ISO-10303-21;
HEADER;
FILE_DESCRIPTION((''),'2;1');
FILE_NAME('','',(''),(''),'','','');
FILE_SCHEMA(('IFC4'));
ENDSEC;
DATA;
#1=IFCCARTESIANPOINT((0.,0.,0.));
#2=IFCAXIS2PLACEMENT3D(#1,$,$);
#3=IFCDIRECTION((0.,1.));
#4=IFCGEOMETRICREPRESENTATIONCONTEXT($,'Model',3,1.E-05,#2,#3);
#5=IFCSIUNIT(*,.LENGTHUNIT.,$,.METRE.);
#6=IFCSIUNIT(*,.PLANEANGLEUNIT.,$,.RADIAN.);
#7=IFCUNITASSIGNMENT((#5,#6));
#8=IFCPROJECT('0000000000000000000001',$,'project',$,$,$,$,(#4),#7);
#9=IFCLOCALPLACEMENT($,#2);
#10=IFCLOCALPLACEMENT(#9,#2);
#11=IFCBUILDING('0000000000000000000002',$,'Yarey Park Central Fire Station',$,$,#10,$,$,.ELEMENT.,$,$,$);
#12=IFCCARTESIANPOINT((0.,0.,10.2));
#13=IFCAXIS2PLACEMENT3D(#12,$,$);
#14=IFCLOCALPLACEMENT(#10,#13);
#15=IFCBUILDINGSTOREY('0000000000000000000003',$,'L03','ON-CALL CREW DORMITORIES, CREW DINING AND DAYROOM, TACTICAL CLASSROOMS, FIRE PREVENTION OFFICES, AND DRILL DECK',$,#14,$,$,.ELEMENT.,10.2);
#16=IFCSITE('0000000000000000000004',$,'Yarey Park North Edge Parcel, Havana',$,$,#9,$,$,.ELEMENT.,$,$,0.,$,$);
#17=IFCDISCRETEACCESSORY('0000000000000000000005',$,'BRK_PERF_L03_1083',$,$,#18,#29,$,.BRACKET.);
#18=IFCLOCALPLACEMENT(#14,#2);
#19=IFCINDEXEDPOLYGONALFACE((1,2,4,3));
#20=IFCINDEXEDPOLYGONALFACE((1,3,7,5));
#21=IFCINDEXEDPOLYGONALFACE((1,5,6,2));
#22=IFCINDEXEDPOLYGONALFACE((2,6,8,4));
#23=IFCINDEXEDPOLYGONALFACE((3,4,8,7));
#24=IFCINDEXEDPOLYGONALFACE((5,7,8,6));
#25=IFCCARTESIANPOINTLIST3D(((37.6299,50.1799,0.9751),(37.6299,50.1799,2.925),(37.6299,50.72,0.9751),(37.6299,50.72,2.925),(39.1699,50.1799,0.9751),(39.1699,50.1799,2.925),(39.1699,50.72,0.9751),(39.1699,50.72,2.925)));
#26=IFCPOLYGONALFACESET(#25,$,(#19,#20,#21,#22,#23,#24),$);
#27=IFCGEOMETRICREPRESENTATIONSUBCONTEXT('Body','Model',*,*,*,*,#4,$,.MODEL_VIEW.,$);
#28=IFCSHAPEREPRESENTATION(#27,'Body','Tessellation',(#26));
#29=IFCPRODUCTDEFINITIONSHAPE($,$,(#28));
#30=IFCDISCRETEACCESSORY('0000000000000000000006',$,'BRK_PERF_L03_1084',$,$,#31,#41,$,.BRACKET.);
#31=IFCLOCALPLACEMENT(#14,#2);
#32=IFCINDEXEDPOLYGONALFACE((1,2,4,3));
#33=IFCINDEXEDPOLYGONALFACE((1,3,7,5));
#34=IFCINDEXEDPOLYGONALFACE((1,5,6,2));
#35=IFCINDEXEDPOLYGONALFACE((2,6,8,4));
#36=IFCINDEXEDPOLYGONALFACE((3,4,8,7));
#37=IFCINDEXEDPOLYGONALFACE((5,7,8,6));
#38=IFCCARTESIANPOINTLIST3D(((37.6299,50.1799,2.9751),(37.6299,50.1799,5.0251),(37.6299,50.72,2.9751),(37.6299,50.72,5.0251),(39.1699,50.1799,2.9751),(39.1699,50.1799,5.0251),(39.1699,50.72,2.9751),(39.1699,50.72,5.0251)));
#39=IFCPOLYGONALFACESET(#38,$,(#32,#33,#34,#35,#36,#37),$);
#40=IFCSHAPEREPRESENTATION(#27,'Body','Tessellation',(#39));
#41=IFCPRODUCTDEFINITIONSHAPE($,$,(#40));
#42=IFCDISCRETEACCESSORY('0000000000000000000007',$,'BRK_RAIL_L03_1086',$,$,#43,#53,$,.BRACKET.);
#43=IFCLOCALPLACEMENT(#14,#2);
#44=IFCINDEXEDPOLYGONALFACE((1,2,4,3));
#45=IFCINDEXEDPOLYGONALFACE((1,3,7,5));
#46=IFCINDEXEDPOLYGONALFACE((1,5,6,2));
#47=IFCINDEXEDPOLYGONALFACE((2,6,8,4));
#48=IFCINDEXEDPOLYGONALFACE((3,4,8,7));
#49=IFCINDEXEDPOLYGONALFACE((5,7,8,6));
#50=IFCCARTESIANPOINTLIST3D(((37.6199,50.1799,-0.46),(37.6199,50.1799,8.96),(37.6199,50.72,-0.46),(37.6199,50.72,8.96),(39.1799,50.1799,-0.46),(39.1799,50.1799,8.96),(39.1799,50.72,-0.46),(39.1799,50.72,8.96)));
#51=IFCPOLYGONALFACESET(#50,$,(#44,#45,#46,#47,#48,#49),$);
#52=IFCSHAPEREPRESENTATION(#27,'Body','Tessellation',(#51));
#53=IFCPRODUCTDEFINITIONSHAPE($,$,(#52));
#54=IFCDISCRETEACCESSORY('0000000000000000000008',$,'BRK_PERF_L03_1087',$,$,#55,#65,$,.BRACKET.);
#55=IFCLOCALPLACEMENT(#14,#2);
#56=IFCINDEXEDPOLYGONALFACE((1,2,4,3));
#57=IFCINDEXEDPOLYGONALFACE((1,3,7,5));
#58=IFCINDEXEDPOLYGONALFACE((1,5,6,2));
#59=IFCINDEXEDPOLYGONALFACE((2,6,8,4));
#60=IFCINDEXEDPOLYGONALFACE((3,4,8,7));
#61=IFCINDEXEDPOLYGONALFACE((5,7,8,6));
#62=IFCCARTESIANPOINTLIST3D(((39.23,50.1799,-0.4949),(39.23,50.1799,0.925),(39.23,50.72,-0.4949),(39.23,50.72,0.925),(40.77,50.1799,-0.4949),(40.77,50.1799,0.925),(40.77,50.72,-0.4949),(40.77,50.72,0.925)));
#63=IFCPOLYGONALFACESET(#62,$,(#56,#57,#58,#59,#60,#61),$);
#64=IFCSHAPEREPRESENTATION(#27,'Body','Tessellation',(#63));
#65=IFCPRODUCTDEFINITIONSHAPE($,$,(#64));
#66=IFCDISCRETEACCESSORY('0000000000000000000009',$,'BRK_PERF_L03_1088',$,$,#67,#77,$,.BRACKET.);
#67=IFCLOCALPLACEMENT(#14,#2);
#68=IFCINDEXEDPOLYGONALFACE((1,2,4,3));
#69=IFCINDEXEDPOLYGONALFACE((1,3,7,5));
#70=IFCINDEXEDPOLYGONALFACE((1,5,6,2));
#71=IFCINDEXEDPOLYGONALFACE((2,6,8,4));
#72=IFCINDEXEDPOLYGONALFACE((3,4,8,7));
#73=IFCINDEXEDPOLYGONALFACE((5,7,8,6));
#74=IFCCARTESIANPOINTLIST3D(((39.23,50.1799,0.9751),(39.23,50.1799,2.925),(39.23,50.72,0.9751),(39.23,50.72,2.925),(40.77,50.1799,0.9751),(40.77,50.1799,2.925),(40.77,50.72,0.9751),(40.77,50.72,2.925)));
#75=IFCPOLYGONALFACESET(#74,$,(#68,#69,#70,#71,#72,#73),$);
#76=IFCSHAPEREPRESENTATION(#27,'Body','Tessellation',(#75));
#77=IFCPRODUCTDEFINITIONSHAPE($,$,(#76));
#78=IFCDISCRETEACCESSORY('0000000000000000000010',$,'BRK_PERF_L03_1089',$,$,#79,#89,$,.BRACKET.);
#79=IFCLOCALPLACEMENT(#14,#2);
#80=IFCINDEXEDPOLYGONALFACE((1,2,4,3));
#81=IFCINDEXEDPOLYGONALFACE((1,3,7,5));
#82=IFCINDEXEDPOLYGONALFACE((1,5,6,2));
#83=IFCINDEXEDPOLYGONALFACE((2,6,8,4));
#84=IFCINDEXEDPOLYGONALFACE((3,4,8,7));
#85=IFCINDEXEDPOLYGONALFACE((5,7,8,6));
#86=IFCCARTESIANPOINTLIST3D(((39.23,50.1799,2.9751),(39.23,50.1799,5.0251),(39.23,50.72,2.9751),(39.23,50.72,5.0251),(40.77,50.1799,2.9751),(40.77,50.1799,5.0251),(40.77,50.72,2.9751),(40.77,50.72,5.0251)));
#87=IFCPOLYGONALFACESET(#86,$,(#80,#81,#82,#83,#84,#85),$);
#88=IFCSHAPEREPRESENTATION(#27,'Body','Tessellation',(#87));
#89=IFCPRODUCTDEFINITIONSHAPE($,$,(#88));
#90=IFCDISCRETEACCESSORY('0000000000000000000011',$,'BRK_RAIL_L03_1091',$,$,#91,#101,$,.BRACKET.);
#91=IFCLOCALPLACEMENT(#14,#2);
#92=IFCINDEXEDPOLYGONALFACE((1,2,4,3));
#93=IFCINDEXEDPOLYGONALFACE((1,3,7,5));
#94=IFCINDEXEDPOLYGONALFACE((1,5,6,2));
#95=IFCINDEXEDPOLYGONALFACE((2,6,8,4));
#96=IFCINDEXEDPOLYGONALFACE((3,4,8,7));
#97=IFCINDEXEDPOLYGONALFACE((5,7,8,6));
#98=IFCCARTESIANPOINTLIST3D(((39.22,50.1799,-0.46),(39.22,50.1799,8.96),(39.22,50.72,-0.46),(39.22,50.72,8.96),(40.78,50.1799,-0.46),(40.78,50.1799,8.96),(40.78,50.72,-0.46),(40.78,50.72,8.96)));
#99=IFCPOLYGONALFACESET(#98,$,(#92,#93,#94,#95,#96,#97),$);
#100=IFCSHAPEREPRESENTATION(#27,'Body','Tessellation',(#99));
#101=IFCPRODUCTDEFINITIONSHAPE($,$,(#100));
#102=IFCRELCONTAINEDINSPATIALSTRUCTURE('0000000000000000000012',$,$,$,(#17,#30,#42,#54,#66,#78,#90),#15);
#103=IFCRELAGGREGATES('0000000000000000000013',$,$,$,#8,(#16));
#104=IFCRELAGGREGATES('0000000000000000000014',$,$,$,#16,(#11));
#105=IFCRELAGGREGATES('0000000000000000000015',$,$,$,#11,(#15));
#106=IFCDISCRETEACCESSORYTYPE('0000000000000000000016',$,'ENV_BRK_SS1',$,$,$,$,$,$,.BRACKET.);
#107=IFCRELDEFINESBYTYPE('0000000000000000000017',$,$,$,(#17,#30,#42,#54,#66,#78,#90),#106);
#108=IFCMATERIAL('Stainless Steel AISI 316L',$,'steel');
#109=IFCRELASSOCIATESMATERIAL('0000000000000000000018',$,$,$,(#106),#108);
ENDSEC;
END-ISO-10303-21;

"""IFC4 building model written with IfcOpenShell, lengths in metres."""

from ifc_helpers import new_model, si_unit, direction, frame, origin, origin_2d, place, context, subcontext, project, spatial, rectangle, extrude, material, type_object, element, save


model = new_model("IFC4")

# Units and contexts
model_context = context("Model", 3, precision=1e-05, world=origin(), true_north=direction((0.0, 1.0)))
body_context = subcontext(model_context, "Body", "Model", "MODEL_VIEW")
ifc_project = project(units=[si_unit("LENGTHUNIT", "METRE"), si_unit("PLANEANGLEUNIT", "RADIAN")], contexts=[model_context])

# Site, building, storey
site_placement = place(None, origin())
site = spatial("IfcSite", under=ifc_project, at=site_placement, Name="Yarey Park North Edge Parcel, Havana", CompositionType="ELEMENT", RefElevation=0.0)
building_placement = place(site_placement, origin())
building = spatial("IfcBuilding", under=site, at=building_placement, Name="Yarey Park Central Fire Station", CompositionType="ELEMENT")
storey_placement = place(building_placement, frame((0.0, 0.0, 10.2)))
storey = spatial("IfcBuildingStorey", under=building, at=storey_placement, Name="L03", Description="ON-CALL CREW DORMITORIES, CREW DINING AND DAYROOM, TACTICAL CLASSROOMS, FIRE PREVENTION OFFICES, AND DRILL DECK", CompositionType="ELEMENT", Elevation=10.2)

# Discrete accessories
ifc_material_1 = material(Name="Stainless Steel AISI 316L", Category="steel")
discrete_accessory_type = type_object("IfcDiscreteAccessoryType", Name="ENV_BRK_SS1", PredefinedType="BRACKET", material=ifc_material_1)
discrete_accessory_1_placement = place(storey_placement, frame((38.3999, 50.45, 0.9751), z_axis=(0.0, 0.0, 1.0), x_axis=(1.0, 0.0, 0.0)))
element("IfcDiscreteAccessory", 1, at=discrete_accessory_1_placement, inside=storey, type_object=discrete_accessory_type, Name="BRK_PERF_L03_1083", PredefinedType="BRACKET", context=body_context, shape_type="SweptSolid", body=[
    extrude(rectangle(XDim=1.54, YDim=0.54, at=origin_2d()), origin(), (0.0, 0.0, 1.0), 1.95),
])
discrete_accessory_2_placement = place(storey_placement, frame((38.3999, 50.45, 2.9751), z_axis=(0.0, 0.0, 1.0), x_axis=(1.0, 0.0, 0.0)))
element("IfcDiscreteAccessory", 2, at=discrete_accessory_2_placement, inside=storey, type_object=discrete_accessory_type, Name="BRK_PERF_L03_1084", PredefinedType="BRACKET", context=body_context, shape_type="SweptSolid", body=[
    extrude(rectangle(XDim=1.54, YDim=0.54, at=origin_2d()), origin(), (0.0, 0.0, 1.0), 2.05),
])
discrete_accessory_3_placement = place(storey_placement, frame((38.3999, 50.45, -0.46), z_axis=(0.0, 0.0, 1.0), x_axis=(1.0, 0.0, 0.0)))
element("IfcDiscreteAccessory", 3, at=discrete_accessory_3_placement, inside=storey, type_object=discrete_accessory_type, Name="BRK_RAIL_L03_1086", PredefinedType="BRACKET", context=body_context, shape_type="SweptSolid", body=[
    extrude(rectangle(XDim=1.5601, YDim=0.54, at=origin_2d()), origin(), (0.0, 0.0, 1.0), 9.4199),
])
discrete_accessory_4_placement = place(storey_placement, frame((40.0, 50.45, -0.4949), z_axis=(0.0, 0.0, 1.0), x_axis=(1.0, 0.0, 0.0)))
element("IfcDiscreteAccessory", 4, at=discrete_accessory_4_placement, inside=storey, type_object=discrete_accessory_type, Name="BRK_PERF_L03_1087", PredefinedType="BRACKET", context=body_context, shape_type="SweptSolid", body=[
    extrude(rectangle(XDim=1.54, YDim=0.54, at=origin_2d()), origin(), (0.0, 0.0, 1.0), 1.4199),
])
discrete_accessory_5_placement = place(storey_placement, frame((40.0, 50.45, 0.9751), z_axis=(0.0, 0.0, 1.0), x_axis=(1.0, 0.0, 0.0)))
element("IfcDiscreteAccessory", 5, at=discrete_accessory_5_placement, inside=storey, type_object=discrete_accessory_type, Name="BRK_PERF_L03_1088", PredefinedType="BRACKET", context=body_context, shape_type="SweptSolid", body=[
    extrude(rectangle(XDim=1.54, YDim=0.54, at=origin_2d()), origin(), (0.0, 0.0, 1.0), 1.95),
])
discrete_accessory_6_placement = place(storey_placement, frame((40.0, 50.45, 2.9751), z_axis=(0.0, 0.0, 1.0), x_axis=(1.0, 0.0, 0.0)))
element("IfcDiscreteAccessory", 6, at=discrete_accessory_6_placement, inside=storey, type_object=discrete_accessory_type, Name="BRK_PERF_L03_1089", PredefinedType="BRACKET", context=body_context, shape_type="SweptSolid", body=[
    extrude(rectangle(XDim=1.54, YDim=0.54, at=origin_2d()), origin(), (0.0, 0.0, 1.0), 2.05),
])
discrete_accessory_7_placement = place(storey_placement, frame((40.0, 50.45, -0.46), z_axis=(0.0, 0.0, 1.0), x_axis=(1.0, 0.0, 0.0)))
element("IfcDiscreteAccessory", 7, at=discrete_accessory_7_placement, inside=storey, type_object=discrete_accessory_type, Name="BRK_RAIL_L03_1091", PredefinedType="BRACKET", context=body_context, shape_type="SweptSolid", body=[
    extrude(rectangle(XDim=1.5601, YDim=0.54, at=origin_2d()), origin(), (0.0, 0.0, 1.0), 9.4199),
])

save(model, "model.ifc")
